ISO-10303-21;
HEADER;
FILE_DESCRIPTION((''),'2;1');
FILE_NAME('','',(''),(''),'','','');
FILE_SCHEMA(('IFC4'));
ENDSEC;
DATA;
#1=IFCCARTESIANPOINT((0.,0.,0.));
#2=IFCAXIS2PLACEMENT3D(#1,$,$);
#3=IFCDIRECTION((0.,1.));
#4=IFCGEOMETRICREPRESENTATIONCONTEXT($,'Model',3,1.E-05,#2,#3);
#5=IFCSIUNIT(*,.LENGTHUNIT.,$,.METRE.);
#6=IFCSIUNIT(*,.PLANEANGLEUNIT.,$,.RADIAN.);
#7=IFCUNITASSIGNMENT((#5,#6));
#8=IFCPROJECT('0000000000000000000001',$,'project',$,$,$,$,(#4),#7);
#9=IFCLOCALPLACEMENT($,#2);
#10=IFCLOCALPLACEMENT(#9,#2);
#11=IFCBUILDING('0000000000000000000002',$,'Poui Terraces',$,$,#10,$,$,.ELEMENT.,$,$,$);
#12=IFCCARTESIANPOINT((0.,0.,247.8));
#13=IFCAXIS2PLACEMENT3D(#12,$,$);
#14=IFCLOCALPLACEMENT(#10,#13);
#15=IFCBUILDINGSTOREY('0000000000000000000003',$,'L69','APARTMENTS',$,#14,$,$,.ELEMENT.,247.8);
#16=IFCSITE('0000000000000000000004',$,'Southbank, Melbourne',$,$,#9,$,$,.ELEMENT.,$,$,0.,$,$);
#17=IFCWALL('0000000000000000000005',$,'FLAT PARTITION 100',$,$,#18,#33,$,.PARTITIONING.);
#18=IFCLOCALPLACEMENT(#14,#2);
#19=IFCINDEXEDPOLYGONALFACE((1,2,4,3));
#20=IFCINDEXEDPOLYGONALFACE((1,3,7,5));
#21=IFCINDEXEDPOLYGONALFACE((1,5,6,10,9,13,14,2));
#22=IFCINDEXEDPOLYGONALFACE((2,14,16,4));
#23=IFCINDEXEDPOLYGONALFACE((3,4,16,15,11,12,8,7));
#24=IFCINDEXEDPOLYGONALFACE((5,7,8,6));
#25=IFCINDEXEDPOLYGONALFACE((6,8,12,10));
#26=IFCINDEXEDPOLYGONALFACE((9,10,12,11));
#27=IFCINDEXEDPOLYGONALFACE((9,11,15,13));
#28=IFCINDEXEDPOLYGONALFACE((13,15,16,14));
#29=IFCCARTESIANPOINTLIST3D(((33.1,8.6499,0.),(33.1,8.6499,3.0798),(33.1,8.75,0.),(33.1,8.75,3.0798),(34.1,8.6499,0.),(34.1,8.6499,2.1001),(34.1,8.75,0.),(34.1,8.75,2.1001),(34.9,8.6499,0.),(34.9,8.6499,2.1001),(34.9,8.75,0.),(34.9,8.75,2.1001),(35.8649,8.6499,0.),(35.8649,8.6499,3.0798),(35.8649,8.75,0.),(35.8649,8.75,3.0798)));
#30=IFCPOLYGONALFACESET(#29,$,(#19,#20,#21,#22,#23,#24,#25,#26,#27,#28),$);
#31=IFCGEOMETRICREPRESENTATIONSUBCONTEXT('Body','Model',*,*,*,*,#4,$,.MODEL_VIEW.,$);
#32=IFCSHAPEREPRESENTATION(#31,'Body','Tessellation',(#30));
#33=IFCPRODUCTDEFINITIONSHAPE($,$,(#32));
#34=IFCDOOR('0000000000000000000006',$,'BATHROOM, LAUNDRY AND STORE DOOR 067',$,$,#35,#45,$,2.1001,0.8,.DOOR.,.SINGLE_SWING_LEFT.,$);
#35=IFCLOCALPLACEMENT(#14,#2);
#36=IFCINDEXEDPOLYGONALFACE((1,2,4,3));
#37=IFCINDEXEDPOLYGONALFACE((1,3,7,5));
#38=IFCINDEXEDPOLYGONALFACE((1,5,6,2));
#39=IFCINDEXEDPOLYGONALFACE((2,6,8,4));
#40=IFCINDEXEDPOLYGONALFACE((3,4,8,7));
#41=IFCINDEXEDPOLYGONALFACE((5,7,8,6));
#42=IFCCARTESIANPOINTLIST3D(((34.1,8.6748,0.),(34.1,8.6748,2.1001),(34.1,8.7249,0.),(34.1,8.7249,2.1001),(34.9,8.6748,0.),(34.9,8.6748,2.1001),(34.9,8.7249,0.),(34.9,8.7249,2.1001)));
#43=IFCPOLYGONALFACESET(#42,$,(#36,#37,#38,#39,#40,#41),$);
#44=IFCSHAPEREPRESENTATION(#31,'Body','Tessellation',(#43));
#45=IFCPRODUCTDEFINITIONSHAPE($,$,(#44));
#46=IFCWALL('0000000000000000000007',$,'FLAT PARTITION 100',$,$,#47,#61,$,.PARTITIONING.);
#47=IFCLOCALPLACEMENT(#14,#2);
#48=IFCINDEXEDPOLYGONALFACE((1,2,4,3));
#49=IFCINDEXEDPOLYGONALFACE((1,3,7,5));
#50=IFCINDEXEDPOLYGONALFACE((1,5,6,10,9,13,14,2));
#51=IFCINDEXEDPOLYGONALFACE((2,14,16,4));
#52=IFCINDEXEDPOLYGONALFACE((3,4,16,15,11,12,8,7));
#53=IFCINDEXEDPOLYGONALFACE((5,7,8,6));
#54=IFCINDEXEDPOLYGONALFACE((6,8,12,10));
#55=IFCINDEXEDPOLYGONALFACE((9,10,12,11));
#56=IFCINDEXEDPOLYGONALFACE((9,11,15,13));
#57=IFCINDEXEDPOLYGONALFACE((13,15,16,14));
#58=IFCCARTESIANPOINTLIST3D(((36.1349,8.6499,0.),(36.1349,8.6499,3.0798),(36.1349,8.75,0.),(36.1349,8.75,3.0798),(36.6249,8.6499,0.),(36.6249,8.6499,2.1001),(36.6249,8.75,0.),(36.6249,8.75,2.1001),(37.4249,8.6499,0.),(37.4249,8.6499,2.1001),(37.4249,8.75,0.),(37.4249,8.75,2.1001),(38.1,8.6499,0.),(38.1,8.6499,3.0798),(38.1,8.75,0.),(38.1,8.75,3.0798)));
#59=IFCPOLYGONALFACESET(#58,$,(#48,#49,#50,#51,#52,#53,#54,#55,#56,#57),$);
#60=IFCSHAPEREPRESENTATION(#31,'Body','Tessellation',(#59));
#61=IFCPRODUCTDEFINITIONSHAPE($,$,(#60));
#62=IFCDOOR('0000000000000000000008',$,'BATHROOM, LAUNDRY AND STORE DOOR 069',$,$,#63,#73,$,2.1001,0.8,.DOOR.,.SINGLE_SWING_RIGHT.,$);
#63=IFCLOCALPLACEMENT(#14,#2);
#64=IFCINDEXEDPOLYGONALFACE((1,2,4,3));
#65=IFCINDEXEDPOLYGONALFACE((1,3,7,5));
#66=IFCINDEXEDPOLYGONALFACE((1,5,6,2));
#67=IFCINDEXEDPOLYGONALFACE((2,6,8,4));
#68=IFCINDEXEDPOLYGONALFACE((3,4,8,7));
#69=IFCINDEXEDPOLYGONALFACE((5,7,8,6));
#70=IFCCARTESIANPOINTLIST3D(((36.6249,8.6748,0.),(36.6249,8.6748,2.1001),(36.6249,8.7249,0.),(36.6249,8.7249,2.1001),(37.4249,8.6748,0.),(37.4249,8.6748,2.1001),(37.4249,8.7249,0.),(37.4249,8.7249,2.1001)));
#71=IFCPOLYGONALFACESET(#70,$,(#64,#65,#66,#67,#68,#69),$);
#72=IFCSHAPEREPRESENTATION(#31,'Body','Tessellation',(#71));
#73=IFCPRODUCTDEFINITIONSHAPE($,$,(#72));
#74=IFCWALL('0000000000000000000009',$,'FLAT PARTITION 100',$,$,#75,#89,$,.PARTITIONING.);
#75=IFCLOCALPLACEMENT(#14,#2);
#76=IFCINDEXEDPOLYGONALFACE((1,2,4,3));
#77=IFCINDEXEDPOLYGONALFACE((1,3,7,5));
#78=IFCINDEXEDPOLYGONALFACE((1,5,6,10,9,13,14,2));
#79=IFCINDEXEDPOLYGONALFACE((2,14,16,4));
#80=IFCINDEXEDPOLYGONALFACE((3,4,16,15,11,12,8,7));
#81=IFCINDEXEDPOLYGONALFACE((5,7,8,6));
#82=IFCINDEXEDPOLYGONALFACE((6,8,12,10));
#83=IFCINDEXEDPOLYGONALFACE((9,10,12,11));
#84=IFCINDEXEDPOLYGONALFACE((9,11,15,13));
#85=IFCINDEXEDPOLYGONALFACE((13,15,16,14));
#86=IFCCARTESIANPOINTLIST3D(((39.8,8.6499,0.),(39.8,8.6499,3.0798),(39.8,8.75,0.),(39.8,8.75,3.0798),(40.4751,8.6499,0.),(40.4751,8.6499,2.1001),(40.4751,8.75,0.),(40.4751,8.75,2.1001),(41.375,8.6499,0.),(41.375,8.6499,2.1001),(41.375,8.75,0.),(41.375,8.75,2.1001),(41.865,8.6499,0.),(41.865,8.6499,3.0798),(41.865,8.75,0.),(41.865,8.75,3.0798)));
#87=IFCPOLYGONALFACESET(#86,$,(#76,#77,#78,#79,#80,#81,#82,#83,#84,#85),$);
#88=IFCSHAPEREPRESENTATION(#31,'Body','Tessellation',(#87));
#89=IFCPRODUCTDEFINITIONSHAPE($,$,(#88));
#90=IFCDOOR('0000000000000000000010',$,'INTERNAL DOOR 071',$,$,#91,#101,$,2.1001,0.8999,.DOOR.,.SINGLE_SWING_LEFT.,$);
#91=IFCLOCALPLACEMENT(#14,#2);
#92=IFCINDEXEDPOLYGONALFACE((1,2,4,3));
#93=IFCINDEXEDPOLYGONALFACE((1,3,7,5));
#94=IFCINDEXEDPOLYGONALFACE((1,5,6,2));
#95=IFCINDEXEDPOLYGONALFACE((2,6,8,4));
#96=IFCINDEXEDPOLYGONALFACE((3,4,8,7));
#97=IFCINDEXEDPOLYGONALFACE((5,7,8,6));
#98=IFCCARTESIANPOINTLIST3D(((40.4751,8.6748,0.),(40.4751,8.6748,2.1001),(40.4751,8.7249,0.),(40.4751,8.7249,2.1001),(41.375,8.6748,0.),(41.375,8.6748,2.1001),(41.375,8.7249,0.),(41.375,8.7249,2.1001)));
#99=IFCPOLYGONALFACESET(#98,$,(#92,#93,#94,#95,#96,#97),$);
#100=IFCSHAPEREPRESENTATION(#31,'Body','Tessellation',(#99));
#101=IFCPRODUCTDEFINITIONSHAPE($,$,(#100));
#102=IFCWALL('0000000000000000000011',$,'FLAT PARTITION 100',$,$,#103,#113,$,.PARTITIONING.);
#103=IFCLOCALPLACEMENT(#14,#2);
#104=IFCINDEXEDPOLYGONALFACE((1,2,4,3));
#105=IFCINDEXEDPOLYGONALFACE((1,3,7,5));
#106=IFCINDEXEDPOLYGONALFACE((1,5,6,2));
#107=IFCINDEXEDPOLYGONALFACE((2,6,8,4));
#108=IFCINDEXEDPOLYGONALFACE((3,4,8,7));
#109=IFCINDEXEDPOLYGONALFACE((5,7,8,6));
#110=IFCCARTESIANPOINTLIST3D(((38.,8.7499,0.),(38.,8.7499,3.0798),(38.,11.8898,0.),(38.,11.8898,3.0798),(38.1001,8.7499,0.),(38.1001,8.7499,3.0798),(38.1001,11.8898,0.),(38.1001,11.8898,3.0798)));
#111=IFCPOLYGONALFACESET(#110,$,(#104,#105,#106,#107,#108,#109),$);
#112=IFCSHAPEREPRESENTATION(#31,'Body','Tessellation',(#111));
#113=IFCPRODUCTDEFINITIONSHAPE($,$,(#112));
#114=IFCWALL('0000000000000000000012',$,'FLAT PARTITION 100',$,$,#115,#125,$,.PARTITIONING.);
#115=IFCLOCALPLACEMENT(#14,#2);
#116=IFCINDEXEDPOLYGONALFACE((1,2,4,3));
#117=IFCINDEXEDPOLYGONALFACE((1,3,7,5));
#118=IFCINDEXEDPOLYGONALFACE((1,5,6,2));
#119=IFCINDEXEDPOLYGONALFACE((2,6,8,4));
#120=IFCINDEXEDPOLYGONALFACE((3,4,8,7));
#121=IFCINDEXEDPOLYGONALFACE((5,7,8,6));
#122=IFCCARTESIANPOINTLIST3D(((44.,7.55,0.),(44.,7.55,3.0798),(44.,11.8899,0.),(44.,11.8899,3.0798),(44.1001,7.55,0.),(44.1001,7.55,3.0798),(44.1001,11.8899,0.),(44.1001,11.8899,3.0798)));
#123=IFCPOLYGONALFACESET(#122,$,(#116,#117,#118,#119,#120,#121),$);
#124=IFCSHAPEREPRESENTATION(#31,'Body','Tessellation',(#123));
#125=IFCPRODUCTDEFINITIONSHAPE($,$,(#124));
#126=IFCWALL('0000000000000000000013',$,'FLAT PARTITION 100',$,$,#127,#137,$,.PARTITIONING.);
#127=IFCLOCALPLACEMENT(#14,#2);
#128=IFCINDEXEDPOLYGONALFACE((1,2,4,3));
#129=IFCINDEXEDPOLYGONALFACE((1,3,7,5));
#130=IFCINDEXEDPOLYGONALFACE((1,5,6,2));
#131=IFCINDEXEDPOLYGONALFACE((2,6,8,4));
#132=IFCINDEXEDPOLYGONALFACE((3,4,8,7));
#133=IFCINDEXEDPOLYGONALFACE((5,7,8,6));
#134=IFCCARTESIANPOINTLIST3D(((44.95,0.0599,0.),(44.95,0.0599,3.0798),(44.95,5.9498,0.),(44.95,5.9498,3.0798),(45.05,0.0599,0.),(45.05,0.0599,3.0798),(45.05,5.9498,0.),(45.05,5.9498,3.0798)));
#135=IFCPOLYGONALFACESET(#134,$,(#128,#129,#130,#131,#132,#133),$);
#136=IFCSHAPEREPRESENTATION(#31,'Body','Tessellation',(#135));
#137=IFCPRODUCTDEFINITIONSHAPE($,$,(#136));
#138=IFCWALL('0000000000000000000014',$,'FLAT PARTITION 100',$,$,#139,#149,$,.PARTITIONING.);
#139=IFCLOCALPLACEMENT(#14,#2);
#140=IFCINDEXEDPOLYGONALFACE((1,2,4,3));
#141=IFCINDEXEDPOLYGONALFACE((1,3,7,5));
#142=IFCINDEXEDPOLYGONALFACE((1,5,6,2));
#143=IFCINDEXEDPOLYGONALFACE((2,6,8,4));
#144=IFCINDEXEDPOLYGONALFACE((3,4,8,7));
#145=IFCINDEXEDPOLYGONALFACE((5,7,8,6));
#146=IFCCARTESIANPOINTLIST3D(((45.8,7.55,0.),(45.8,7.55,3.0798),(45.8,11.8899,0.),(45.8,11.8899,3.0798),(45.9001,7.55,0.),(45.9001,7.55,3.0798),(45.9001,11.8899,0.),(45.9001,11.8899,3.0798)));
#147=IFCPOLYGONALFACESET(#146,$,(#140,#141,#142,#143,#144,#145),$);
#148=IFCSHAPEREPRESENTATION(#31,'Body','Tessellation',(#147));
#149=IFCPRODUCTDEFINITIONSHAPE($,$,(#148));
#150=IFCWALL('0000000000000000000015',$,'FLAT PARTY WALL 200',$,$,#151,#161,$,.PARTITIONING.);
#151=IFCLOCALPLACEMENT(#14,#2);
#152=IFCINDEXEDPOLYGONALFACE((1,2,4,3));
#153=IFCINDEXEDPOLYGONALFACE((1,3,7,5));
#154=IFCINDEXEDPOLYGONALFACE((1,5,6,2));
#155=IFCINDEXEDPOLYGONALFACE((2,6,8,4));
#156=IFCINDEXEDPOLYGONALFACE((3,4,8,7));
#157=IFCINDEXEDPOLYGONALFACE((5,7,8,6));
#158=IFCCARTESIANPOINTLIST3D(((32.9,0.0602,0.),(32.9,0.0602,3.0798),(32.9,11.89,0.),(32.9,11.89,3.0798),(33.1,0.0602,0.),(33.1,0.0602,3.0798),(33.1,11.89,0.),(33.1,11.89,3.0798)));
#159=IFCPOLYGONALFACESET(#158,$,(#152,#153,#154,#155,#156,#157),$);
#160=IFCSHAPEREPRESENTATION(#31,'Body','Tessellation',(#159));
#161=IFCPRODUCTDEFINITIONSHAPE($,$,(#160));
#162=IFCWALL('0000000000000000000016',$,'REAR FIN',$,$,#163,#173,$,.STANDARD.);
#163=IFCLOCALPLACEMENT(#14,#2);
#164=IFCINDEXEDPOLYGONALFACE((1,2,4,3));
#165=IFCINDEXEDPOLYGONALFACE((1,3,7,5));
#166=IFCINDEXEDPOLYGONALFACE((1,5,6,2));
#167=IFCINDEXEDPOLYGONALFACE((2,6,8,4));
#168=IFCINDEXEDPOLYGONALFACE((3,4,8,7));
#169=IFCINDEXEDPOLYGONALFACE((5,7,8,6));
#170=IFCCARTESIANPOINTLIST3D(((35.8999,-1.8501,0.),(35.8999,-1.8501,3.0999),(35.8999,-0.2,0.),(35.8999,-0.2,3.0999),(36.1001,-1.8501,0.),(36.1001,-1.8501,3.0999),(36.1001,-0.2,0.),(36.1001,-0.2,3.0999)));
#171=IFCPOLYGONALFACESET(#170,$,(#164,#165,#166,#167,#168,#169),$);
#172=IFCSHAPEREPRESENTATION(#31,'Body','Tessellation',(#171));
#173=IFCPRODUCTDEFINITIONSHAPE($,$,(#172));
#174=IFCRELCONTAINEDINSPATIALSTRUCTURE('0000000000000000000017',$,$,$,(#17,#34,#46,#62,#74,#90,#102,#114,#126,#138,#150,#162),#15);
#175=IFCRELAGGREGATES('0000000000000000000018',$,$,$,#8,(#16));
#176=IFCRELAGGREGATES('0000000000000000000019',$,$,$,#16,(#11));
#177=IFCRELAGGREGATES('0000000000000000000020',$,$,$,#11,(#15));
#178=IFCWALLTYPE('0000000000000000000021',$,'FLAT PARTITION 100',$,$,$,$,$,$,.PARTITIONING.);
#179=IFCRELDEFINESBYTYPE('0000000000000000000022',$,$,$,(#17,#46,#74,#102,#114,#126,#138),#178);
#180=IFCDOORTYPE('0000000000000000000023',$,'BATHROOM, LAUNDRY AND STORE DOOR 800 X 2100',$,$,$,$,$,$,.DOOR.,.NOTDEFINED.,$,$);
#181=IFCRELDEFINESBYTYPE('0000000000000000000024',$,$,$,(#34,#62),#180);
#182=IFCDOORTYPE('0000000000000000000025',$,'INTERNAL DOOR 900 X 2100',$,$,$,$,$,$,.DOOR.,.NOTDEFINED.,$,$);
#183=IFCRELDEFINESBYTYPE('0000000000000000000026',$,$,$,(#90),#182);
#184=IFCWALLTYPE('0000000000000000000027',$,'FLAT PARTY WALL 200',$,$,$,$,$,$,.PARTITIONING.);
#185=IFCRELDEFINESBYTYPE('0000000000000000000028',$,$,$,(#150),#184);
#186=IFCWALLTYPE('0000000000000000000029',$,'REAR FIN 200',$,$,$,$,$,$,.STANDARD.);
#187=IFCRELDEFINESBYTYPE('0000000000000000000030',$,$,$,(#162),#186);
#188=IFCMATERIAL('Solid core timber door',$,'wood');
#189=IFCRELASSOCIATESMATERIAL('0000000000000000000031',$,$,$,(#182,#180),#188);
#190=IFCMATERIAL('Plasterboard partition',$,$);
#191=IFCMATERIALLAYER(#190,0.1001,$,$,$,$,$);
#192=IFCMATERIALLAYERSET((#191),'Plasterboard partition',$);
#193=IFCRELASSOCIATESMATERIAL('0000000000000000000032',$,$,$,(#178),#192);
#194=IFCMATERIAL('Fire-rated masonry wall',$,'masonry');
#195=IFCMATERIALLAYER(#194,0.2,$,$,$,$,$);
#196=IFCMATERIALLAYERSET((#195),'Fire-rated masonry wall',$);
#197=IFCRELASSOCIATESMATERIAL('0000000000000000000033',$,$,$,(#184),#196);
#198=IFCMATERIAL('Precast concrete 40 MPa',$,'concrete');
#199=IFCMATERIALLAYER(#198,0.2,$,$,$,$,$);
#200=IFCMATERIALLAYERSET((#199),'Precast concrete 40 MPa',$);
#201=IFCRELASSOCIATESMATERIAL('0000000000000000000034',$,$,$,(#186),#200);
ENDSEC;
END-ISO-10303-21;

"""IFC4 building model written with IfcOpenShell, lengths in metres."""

from ifc_helpers import new_model, si_unit, direction, frame, frame_2d, origin, place, context, subcontext, project, spatial, polyline, rectangle, outline, extrude, source, transform, mapped, material, layer, layer_set, type_object, element, fill, save


model = new_model("IFC4")

# Units and contexts
model_context = context("Model", 3, precision=1e-05, world=origin(), true_north=direction((0.0, 1.0)))
body_context = subcontext(model_context, "Body", "Model", "MODEL_VIEW")
ifc_project = project(units=[si_unit("LENGTHUNIT", "METRE"), si_unit("PLANEANGLEUNIT", "RADIAN")], contexts=[model_context])

# Site, building, storey
site_placement = place(None, origin())
site = spatial("IfcSite", under=ifc_project, at=site_placement, Name="Southbank, Melbourne", CompositionType="ELEMENT", RefElevation=0.0)
building_placement = place(site_placement, origin())
building = spatial("IfcBuilding", under=site, at=building_placement, Name="Poui Terraces", CompositionType="ELEMENT")
storey_placement = place(building_placement, frame((0.0, 0.0, 247.8)))
storey = spatial("IfcBuildingStorey", under=building, at=storey_placement, Name="L69", Description="APARTMENTS", CompositionType="ELEMENT", Elevation=247.8)

# Shared definitions
ifc_material_1 = material(Name="Precast concrete 40 MPa", Category="concrete")

# Shared definitions
ifc_material_2 = material(Name="Solid core timber door", Category="wood")
door_type_1 = type_object("IfcDoorType", Name="INTERNAL DOOR 900 X 2100", OperationType="NOTDEFINED", PredefinedType="DOOR", material=ifc_material_2)

# Walls, openings, doors
ifc_material_3 = material(Name="Plasterboard partition")
ifc_layer_1 = layer(ifc_material_3, 0.1001)
ifc_layer_set_1 = layer_set([ifc_layer_1], Name="Plasterboard partition")
wall_type_1 = type_object("IfcWallType", Name="FLAT PARTITION 100", PredefinedType="PARTITIONING", material=ifc_layer_set_1)
door_type_2 = type_object("IfcDoorType", Name="BATHROOM, LAUNDRY AND STORE DOOR 800 X 2100", OperationType="NOTDEFINED", PredefinedType="DOOR", material=ifc_material_2)
wall_1_placement = place(storey_placement, frame((33.1001, 8.7, 0.0), z_axis=(0.0, 0.0, 1.0), x_axis=(1.0, 0.0, 0.0)))
wall_1 = element("IfcWall", 1, at=wall_1_placement, inside=storey, type_object=wall_type_1, Name="FLAT PARTITION 100", PredefinedType="PARTITIONING", context=body_context, shape_type="SweptSolid", body=[
    extrude(rectangle(XDim=2.7649, YDim=0.1001, at=frame_2d((1.3823, 0.0))), origin(), (0.0, 0.0, 1.0), 3.0798),
])
opening_1_placement = place(wall_1_placement, frame((1.0, 0.0, 0.0)))
opening_1 = element("IfcOpeningElement", 2, at=opening_1_placement, cuts=wall_1, PredefinedType="OPENING", context=body_context, shape_type="SweptSolid", body=[
    extrude(rectangle(XDim=0.8, YDim=2.1001, at=frame_2d((0.3999, 1.05))), frame((0.0, 0.0601, 0.0), z_axis=(0.0, -1.0, 0.0), x_axis=(1.0, 0.0, 0.0)), (0.0, 0.0, 1.0), 0.1201),
])
door_1_placement = place(opening_1_placement, origin())
door_1 = element("IfcDoor", 3, at=door_1_placement, inside=storey, type_object=door_type_2, Name="BATHROOM, LAUNDRY AND STORE DOOR 067", OperationType="SINGLE_SWING_LEFT", OverallHeight=2.1001, OverallWidth=0.8, PredefinedType="DOOR", context=body_context, shape_type="SweptSolid", body=[
    extrude(rectangle(XDim=0.8, YDim=2.1001, at=frame_2d((0.3999, 1.05))), frame((0.0, 0.0249, 0.0), z_axis=(0.0, -1.0, 0.0), x_axis=(1.0, 0.0, 0.0)), (0.0, 0.0, 1.0), 0.05),
])
fill(opening_1, door_1)
wall_2_placement = place(storey_placement, frame((36.135, 8.7, 0.0), z_axis=(0.0, 0.0, 1.0), x_axis=(1.0, 0.0, 0.0)))
wall_2 = element("IfcWall", 4, at=wall_2_placement, inside=storey, type_object=wall_type_1, Name="FLAT PARTITION 100", PredefinedType="PARTITIONING", context=body_context, shape_type="SweptSolid", body=[
    extrude(rectangle(XDim=1.9651, YDim=0.1001, at=frame_2d((0.9824, 0.0))), origin(), (0.0, 0.0, 1.0), 3.0798),
])
opening_2_placement = place(wall_2_placement, frame((0.49, 0.0, 0.0)))
opening_2 = element("IfcOpeningElement", 5, at=opening_2_placement, cuts=wall_2, PredefinedType="OPENING", context=body_context, shape_type="SweptSolid", body=[
    extrude(rectangle(XDim=0.8, YDim=2.1001, at=frame_2d((0.3999, 1.05))), frame((0.0, 0.0601, 0.0), z_axis=(0.0, -1.0, 0.0), x_axis=(1.0, 0.0, 0.0)), (0.0, 0.0, 1.0), 0.1201),
])
door_2_placement = place(opening_2_placement, origin())
door_2 = element("IfcDoor", 6, at=door_2_placement, inside=storey, type_object=door_type_2, Name="BATHROOM, LAUNDRY AND STORE DOOR 069", OperationType="SINGLE_SWING_RIGHT", OverallHeight=2.1001, OverallWidth=0.8, PredefinedType="DOOR", context=body_context, shape_type="SweptSolid", body=[
    extrude(rectangle(XDim=0.8, YDim=2.1001, at=frame_2d((0.3999, 1.05))), frame((0.0, 0.0249, 0.0), z_axis=(0.0, -1.0, 0.0), x_axis=(1.0, 0.0, 0.0)), (0.0, 0.0, 1.0), 0.05),
])
fill(opening_2, door_2)
wall_3_placement = place(storey_placement, frame((39.8, 8.7, 0.0), z_axis=(0.0, 0.0, 1.0), x_axis=(1.0, 0.0, 0.0)))
wall_3 = element("IfcWall", 7, at=wall_3_placement, inside=storey, type_object=wall_type_1, Name="FLAT PARTITION 100", PredefinedType="PARTITIONING", context=body_context, shape_type="SweptSolid", body=[
    extrude(rectangle(XDim=2.0649, YDim=0.1001, at=frame_2d((1.0325, 0.0))), origin(), (0.0, 0.0, 1.0), 3.0798),
])
opening_3_placement = place(wall_3_placement, frame((0.675, 0.0, 0.0)))
opening_3 = element("IfcOpeningElement", 8, at=opening_3_placement, cuts=wall_3, PredefinedType="OPENING", context=body_context, shape_type="SweptSolid", body=[
    extrude(rectangle(XDim=0.8999, YDim=2.1001, at=frame_2d((0.45, 1.05))), frame((0.0, 0.0601, 0.0), z_axis=(0.0, -1.0, 0.0), x_axis=(1.0, 0.0, 0.0)), (0.0, 0.0, 1.0), 0.1201),
])
door_3_placement = place(opening_3_placement, origin())
door_3 = element("IfcDoor", 9, at=door_3_placement, inside=storey, type_object=door_type_1, Name="INTERNAL DOOR 071", OperationType="SINGLE_SWING_LEFT", OverallHeight=2.1001, OverallWidth=0.8999, PredefinedType="DOOR", context=body_context, shape_type="SweptSolid", body=[
    extrude(rectangle(XDim=0.8999, YDim=2.1001, at=frame_2d((0.45, 1.05))), frame((0.0, 0.0249, 0.0), z_axis=(0.0, -1.0, 0.0), x_axis=(1.0, 0.0, 0.0)), (0.0, 0.0, 1.0), 0.05),
])
fill(opening_3, door_3)

# Walls
wall_4_placement = place(storey_placement, frame((38.05, 8.75, 0.0), z_axis=(0.0, 0.0, 1.0), x_axis=(0.0, 1.0, 0.0)))
element("IfcWall", 10, at=wall_4_placement, inside=storey, type_object=wall_type_1, Name="FLAT PARTITION 100", PredefinedType="PARTITIONING", context=body_context, shape_type="SweptSolid", body=[
    extrude(rectangle(XDim=3.1399, YDim=0.1001, at=frame_2d((1.5698, 0.0))), origin(), (0.0, 0.0, 1.0), 3.0798),
])
wall_5_placement = place(storey_placement, frame((44.05, 7.55, 0.0), z_axis=(0.0, 0.0, 1.0), x_axis=(0.0, 1.0, 0.0)))
element("IfcWall", 11, at=wall_5_placement, inside=storey, type_object=wall_type_1, Name="FLAT PARTITION 100", PredefinedType="PARTITIONING", context=body_context, shape_type="SweptSolid", body=[
    extrude(rectangle(XDim=4.3398, YDim=0.1001, at=frame_2d((2.1699, 0.0))), origin(), (0.0, 0.0, 1.0), 3.0798),
])
wall_6_placement = place(storey_placement, frame((45.0, 0.0601, 0.0), z_axis=(0.0, 0.0, 1.0), x_axis=(0.0, 1.0, 0.0)))
element("IfcWall", 12, at=wall_6_placement, inside=storey, type_object=wall_type_1, Name="FLAT PARTITION 100", PredefinedType="PARTITIONING", context=body_context, shape_type="SweptSolid", body=[
    extrude(rectangle(XDim=5.8899, YDim=0.1001, at=frame_2d((2.9448, 0.0))), origin(), (0.0, 0.0, 1.0), 3.0798),
])
wall_7_placement = place(storey_placement, frame((45.8501, 7.55, 0.0), z_axis=(0.0, 0.0, 1.0), x_axis=(0.0, 1.0, 0.0)))
element("IfcWall", 13, at=wall_7_placement, inside=storey, type_object=wall_type_1, Name="FLAT PARTITION 100", PredefinedType="PARTITIONING", context=body_context, shape_type="SweptSolid", body=[
    extrude(rectangle(XDim=4.3398, YDim=0.1001, at=frame_2d((2.1699, 0.0))), origin(), (0.0, 0.0, 1.0), 3.0798),
])
ifc_material_4 = material(Name="Fire-rated masonry wall", Category="masonry")
ifc_layer_2 = layer(ifc_material_4, 0.2)
ifc_layer_set_2 = layer_set([ifc_layer_2], Name="Fire-rated masonry wall")
wall_type_2 = type_object("IfcWallType", Name="FLAT PARTY WALL 200", PredefinedType="PARTITIONING", material=ifc_layer_set_2)
wall_8_placement = place(storey_placement, frame((33.0, 0.0601, 0.0), z_axis=(0.0, 0.0, 1.0), x_axis=(0.0, 1.0, 0.0)))
element("IfcWall", 14, at=wall_8_placement, inside=storey, type_object=wall_type_2, Name="FLAT PARTY WALL 200", PredefinedType="PARTITIONING", context=body_context, shape_type="SweptSolid", body=[
    extrude(rectangle(XDim=11.8298, YDim=0.2, at=frame_2d((5.915, 0.0))), origin(), (0.0, 0.0, 1.0), 3.0798),
])
ifc_layer_3 = layer(ifc_material_1, 0.2)
ifc_layer_set_3 = layer_set([ifc_layer_3], Name="Precast concrete 40 MPa")
wall_type_3 = type_object("IfcWallType", Name="REAR FIN 200", PredefinedType="STANDARD", material=ifc_layer_set_3)
shared_shape_1 = source(origin(), body_context, "Body", "SweptSolid", [
    extrude(outline(polyline([(0.0, 0.0), (0.2002, 0.0), (0.2002, 1.6501), (0.0, 1.6501), (0.0, 0.0)])), origin(), (0.0, 0.0, 1.0), 3.0999),
])
for number, where, name in (
    (15, (35.8999, -1.8501, 0.0), "REAR FIN"),
):
    element("IfcWall", number, at=place(storey_placement, frame(where)), inside=storey, type_object=wall_type_3, Name=name, PredefinedType="STANDARD", context=body_context, shape_type="MappedRepresentation", body=[
        mapped(shared_shape_1, transform((0.0, 0.0, 0.0))),
    ])

save(model, "model.ifc")
